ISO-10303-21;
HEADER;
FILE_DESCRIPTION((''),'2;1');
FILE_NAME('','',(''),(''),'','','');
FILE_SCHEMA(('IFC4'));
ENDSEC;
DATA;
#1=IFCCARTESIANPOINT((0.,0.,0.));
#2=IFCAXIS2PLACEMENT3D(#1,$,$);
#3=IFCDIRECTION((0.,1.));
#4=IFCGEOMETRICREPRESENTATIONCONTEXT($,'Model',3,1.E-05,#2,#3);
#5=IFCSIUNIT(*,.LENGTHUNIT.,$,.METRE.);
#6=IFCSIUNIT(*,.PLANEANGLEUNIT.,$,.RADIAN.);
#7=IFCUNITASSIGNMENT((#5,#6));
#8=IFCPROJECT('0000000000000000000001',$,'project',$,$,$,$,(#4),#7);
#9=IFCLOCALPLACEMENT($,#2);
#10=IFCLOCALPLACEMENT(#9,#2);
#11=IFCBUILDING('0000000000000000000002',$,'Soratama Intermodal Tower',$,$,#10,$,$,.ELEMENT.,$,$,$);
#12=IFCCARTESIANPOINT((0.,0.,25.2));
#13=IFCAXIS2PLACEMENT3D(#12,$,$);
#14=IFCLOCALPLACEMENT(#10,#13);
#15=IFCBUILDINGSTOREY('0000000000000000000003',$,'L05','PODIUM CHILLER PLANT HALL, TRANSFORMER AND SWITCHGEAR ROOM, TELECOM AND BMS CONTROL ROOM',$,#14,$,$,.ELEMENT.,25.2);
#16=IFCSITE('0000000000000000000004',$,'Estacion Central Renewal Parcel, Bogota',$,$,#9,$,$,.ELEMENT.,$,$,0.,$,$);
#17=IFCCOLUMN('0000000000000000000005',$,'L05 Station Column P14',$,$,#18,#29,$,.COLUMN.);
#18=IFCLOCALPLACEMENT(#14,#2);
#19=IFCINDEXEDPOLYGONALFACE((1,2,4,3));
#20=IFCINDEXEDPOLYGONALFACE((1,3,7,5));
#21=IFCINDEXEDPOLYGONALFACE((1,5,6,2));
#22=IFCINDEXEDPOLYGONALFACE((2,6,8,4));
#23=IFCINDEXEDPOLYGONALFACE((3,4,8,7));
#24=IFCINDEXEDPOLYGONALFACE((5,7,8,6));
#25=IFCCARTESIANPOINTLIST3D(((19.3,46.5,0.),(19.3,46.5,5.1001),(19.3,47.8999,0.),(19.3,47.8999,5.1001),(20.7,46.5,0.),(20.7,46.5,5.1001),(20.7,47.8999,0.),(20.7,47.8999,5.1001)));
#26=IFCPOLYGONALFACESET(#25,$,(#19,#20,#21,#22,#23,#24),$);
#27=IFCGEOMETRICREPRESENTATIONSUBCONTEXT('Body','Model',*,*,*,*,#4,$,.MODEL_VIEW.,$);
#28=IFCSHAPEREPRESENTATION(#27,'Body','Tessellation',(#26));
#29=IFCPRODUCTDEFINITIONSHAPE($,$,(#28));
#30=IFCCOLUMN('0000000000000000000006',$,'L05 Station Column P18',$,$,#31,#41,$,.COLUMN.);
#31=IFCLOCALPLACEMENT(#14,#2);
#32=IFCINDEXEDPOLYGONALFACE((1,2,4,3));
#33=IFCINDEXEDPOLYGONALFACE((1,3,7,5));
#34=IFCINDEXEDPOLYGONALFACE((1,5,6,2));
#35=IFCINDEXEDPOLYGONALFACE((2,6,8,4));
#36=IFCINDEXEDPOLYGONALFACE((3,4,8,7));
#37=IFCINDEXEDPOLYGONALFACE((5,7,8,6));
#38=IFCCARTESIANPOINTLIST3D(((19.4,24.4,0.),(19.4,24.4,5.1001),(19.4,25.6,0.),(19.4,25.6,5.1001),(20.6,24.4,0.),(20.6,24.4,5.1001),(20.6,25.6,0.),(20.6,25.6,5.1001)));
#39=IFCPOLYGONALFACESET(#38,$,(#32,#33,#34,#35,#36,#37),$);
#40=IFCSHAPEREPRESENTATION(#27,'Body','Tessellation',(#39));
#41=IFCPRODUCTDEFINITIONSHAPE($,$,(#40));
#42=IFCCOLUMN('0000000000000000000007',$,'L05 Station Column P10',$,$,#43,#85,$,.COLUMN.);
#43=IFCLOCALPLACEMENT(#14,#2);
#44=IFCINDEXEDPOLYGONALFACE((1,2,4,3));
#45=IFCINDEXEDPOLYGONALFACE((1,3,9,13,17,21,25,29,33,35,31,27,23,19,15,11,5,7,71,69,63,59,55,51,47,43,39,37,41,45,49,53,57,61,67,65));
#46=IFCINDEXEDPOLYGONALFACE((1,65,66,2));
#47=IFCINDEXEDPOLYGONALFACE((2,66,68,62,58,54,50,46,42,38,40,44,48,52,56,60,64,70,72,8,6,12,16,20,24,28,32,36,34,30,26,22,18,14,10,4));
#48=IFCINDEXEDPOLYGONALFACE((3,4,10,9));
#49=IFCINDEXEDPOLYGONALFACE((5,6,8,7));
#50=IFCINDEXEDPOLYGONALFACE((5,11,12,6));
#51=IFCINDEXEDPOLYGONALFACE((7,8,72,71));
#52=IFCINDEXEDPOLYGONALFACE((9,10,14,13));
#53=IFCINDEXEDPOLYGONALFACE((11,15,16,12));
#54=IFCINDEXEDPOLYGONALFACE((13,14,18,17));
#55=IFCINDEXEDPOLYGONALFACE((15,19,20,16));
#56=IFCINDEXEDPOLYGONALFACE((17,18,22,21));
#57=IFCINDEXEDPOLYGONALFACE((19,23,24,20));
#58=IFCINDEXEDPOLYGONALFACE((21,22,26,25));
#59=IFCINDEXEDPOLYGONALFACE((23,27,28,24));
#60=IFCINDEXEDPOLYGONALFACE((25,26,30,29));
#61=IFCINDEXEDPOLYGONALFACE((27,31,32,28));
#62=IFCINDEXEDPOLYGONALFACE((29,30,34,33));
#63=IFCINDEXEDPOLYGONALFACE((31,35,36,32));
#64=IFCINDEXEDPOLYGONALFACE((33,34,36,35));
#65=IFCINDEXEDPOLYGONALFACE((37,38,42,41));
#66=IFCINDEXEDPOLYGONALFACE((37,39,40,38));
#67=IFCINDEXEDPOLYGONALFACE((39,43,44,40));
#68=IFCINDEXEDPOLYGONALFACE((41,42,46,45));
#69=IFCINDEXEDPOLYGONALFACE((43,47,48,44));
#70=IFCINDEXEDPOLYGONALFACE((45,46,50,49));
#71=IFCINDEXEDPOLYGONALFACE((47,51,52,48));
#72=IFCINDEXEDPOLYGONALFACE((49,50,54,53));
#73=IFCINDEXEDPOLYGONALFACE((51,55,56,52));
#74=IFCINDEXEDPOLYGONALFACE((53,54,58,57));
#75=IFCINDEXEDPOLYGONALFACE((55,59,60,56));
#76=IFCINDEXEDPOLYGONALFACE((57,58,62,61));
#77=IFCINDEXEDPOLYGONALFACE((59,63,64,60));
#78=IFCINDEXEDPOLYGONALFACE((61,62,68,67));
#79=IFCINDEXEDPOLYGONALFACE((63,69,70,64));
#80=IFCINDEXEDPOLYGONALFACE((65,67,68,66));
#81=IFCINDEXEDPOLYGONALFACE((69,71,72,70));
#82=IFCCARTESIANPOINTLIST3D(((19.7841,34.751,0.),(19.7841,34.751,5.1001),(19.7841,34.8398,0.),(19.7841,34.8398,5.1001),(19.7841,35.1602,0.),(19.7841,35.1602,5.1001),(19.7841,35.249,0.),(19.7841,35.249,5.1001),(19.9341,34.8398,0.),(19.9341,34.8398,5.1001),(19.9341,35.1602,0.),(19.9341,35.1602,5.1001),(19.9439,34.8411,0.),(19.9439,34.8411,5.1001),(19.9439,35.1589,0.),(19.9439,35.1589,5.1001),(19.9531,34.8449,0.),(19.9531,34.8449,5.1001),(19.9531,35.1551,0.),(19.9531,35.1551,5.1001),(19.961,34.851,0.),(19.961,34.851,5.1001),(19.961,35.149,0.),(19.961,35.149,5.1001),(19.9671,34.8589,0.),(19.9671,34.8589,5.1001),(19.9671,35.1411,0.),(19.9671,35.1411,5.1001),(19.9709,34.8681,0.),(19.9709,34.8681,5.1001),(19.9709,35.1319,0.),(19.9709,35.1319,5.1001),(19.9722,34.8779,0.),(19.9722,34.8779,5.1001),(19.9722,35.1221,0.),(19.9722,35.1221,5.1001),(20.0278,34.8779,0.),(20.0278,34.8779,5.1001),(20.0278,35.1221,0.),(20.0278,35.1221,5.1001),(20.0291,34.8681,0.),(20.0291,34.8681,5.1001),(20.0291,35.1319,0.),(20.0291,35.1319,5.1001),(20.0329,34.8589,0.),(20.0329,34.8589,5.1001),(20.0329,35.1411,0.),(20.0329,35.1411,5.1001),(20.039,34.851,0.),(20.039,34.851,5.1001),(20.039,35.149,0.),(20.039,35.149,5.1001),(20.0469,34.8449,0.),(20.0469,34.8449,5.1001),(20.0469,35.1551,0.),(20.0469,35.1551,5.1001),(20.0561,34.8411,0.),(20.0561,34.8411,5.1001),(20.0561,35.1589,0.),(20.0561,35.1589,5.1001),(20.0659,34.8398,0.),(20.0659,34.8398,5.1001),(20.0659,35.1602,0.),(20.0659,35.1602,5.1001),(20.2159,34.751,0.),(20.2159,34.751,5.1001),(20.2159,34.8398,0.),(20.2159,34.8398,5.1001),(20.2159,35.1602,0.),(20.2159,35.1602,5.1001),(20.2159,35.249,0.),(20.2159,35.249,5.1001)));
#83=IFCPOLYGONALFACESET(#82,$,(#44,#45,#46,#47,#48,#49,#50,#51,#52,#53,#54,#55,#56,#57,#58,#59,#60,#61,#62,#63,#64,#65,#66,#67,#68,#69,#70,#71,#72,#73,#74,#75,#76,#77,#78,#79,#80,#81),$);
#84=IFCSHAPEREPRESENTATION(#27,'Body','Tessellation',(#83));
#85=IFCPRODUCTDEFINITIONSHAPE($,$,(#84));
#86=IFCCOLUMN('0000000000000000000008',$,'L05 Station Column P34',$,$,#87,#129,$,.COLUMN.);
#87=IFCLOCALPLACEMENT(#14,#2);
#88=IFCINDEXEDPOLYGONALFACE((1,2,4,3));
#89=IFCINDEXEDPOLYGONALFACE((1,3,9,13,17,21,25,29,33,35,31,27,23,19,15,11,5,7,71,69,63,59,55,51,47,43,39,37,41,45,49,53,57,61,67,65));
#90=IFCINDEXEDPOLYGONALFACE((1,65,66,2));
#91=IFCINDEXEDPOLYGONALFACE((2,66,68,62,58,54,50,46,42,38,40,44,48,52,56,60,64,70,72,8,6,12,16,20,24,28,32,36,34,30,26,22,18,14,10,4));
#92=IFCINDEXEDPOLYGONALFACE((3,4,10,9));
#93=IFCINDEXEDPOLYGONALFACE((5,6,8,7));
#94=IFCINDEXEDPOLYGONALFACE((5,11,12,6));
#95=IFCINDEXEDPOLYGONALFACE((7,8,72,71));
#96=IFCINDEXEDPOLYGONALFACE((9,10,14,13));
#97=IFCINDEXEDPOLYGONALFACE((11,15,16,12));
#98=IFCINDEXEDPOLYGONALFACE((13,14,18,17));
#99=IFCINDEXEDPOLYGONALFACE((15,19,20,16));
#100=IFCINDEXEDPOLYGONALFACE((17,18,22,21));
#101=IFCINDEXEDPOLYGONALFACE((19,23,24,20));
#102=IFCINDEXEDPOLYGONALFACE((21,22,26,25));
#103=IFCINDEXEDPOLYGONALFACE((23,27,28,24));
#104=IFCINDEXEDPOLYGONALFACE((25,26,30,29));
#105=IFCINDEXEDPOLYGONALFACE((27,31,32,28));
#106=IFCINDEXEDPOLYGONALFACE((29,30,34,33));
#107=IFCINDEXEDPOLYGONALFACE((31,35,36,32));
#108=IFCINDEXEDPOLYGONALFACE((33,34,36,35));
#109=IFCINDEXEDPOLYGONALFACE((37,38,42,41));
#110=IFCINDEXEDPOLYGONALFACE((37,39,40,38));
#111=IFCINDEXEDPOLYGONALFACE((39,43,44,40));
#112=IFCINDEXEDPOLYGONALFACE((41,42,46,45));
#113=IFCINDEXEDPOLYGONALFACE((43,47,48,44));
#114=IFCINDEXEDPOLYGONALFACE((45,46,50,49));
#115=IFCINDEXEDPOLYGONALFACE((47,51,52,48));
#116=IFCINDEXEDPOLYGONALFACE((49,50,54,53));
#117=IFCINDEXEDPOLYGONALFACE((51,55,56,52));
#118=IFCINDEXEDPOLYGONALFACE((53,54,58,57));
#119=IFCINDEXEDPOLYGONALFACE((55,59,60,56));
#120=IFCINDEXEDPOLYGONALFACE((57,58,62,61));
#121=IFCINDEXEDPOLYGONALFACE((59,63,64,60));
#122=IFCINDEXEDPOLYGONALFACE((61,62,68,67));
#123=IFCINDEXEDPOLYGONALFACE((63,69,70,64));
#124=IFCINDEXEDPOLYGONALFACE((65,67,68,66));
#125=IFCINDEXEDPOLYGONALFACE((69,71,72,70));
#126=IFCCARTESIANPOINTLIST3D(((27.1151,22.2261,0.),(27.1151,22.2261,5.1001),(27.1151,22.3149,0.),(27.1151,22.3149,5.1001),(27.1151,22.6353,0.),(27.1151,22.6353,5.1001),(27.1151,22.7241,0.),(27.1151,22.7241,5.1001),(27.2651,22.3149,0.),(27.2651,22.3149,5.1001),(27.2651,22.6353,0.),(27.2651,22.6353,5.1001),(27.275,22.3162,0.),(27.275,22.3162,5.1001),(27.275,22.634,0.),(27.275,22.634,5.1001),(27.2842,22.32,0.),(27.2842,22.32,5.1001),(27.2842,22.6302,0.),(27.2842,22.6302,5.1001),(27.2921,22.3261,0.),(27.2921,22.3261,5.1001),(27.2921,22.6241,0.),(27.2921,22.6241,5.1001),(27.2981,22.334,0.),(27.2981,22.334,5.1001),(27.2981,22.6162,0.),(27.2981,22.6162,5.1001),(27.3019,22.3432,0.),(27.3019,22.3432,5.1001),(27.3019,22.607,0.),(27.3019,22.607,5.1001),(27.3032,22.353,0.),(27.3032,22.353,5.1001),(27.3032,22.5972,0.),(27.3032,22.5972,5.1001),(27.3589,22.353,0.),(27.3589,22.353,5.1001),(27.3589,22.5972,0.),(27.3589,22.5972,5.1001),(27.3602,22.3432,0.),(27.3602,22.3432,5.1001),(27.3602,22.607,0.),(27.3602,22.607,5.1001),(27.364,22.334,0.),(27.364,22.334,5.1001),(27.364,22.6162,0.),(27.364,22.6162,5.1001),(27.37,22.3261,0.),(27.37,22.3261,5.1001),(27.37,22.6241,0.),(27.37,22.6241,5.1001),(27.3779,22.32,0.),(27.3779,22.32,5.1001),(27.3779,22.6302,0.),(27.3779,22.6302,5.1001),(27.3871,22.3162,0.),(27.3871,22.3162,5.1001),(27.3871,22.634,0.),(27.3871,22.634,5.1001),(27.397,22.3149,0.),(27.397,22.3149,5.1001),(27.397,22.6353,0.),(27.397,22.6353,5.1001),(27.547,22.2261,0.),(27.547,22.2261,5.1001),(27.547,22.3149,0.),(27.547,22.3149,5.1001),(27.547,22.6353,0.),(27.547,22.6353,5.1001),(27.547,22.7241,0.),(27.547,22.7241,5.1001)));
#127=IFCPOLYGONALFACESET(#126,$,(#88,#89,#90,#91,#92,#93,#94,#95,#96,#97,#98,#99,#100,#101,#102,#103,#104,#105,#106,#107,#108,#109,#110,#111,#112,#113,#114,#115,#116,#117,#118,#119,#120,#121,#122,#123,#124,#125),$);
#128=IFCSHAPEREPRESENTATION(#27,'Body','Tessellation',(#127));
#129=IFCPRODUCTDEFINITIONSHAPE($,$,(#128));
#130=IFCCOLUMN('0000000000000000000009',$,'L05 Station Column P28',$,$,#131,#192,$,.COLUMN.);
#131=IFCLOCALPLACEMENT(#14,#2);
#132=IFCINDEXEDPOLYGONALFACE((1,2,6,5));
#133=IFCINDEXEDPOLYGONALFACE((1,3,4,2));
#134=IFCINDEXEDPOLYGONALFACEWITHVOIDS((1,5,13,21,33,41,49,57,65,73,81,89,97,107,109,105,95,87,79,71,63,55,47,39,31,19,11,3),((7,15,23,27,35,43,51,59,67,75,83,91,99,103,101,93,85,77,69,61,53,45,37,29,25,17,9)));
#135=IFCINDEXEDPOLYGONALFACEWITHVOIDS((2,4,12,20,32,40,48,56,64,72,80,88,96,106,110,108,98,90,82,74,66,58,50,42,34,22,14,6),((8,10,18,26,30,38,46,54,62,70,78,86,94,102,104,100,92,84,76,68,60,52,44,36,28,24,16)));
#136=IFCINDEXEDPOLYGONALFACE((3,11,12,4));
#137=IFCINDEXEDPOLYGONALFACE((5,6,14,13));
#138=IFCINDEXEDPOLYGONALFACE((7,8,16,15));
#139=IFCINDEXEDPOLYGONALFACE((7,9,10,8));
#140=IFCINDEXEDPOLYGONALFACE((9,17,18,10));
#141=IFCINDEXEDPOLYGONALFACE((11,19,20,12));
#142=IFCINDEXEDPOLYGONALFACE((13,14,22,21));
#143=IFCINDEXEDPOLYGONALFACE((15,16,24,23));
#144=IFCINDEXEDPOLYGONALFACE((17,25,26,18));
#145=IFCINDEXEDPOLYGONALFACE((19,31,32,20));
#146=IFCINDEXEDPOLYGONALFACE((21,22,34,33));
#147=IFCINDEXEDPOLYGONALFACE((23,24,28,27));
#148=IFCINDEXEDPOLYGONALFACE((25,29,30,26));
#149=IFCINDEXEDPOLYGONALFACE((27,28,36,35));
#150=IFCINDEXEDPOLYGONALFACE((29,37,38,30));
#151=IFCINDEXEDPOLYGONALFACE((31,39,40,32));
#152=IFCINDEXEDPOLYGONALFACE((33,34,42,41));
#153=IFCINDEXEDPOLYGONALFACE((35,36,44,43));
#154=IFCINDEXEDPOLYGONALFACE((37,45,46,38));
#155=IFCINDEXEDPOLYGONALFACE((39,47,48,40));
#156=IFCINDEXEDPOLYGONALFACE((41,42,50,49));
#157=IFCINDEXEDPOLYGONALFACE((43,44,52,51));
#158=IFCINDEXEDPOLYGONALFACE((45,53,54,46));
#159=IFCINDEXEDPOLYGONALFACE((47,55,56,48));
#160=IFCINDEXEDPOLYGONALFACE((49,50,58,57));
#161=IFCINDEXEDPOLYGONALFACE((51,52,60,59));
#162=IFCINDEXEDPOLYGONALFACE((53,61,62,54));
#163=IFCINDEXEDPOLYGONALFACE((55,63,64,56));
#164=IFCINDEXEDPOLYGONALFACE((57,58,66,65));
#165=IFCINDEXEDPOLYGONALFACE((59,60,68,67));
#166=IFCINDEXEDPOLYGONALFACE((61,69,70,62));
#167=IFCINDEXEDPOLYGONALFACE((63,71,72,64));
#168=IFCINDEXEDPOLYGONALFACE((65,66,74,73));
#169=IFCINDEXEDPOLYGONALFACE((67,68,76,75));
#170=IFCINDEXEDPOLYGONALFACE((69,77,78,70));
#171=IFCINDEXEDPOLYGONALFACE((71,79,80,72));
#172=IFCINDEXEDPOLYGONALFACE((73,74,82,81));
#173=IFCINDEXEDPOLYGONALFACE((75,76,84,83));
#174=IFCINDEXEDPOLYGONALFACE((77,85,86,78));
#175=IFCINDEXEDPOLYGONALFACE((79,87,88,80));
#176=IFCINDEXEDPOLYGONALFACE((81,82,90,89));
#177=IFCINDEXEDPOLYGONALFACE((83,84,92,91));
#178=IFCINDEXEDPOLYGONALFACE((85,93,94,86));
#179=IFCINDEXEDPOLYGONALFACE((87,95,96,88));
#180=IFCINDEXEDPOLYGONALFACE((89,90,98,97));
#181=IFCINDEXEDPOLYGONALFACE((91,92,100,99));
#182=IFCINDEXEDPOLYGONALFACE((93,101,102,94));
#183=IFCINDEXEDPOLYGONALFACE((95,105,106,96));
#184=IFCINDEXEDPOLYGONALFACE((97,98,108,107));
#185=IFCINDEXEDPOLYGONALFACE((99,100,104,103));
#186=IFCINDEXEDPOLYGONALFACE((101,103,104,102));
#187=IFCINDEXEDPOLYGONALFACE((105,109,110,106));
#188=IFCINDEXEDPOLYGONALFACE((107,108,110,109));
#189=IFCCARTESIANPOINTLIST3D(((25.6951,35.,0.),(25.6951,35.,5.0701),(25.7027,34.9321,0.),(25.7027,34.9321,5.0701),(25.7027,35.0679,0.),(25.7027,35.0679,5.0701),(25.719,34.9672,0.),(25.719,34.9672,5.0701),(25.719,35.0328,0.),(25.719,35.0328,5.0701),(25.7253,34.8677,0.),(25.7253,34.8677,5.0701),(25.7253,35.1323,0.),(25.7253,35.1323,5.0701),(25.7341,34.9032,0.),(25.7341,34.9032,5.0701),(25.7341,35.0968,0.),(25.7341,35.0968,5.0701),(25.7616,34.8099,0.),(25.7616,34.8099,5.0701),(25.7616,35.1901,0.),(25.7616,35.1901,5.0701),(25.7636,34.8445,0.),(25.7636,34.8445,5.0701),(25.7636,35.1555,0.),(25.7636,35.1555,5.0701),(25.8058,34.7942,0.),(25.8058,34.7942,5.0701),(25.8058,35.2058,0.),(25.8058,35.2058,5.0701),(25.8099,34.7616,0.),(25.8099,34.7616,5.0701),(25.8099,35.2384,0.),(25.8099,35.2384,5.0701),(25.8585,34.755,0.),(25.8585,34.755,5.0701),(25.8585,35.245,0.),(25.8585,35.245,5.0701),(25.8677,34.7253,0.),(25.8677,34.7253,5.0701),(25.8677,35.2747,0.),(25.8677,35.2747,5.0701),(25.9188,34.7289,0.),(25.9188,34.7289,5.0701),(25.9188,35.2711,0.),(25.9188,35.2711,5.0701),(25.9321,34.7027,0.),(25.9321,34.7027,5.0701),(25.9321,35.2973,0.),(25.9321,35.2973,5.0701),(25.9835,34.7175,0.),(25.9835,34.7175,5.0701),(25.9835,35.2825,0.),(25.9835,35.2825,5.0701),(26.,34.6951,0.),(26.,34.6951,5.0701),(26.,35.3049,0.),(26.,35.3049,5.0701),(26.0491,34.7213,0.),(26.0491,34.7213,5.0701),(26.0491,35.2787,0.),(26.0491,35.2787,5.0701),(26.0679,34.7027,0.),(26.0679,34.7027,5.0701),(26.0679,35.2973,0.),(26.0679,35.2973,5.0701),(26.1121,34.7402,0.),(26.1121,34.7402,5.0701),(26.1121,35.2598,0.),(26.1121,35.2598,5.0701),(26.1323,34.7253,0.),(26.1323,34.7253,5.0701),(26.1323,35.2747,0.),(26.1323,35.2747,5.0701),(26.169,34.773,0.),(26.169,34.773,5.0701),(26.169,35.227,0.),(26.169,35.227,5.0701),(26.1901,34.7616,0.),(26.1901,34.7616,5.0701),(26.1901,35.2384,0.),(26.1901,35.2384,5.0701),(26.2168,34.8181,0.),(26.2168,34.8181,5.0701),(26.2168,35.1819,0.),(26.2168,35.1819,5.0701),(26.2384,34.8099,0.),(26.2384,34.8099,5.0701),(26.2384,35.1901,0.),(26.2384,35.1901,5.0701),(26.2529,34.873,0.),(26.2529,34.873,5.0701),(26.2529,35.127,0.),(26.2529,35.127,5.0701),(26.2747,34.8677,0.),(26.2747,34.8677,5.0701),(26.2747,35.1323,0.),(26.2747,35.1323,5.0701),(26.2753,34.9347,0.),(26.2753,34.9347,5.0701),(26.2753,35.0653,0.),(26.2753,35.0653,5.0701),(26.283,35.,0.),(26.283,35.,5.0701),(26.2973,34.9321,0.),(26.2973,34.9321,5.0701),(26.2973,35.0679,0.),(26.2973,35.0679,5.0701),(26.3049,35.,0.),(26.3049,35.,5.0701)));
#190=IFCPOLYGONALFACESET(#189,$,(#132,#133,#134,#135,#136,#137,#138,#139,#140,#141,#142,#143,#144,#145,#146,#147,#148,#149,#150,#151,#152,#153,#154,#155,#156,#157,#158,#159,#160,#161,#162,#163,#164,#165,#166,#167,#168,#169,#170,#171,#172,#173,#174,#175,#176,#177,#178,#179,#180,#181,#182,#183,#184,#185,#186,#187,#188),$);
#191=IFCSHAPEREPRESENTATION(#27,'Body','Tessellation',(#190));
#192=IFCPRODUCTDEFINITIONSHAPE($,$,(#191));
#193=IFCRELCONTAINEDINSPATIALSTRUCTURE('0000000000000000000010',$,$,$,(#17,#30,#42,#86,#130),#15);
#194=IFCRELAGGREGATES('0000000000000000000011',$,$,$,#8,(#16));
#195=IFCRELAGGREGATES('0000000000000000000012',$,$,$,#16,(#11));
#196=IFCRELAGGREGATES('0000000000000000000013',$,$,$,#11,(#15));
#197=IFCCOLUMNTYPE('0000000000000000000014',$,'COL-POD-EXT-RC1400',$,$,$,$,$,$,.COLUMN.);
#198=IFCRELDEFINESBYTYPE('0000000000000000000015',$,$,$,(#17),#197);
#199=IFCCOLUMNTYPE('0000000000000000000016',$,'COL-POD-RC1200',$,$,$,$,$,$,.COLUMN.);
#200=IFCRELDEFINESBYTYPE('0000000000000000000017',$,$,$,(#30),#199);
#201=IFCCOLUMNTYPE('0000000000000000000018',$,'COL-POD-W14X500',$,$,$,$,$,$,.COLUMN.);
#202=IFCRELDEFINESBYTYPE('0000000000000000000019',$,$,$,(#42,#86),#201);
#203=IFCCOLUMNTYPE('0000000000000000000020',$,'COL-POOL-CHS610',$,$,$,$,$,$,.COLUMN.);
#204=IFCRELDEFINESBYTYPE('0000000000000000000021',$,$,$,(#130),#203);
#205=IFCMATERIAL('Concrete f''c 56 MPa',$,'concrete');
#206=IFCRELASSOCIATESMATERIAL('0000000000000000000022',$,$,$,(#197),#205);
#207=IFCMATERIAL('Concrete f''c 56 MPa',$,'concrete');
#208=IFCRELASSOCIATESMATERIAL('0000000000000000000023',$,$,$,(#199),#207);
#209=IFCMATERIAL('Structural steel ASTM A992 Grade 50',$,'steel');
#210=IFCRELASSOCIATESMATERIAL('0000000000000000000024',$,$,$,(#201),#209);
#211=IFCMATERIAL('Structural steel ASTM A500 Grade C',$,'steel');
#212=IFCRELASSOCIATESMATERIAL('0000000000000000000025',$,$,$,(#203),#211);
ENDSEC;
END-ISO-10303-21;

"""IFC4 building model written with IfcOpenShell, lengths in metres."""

from ifc_helpers import new_model, si_unit, direction, frame, origin, origin_2d, place, context, subcontext, project, spatial, rectangle, hollow_circle, i_section, extrude, material, material_profile, profile_set, type_object, element, save


model = new_model("IFC4")

# Units and contexts
model_context = context("Model", 3, precision=1e-05, world=origin(), true_north=direction((0.0, 1.0)))
body_context = subcontext(model_context, "Body", "Model", "MODEL_VIEW")
ifc_project = project(units=[si_unit("LENGTHUNIT", "METRE"), si_unit("PLANEANGLEUNIT", "RADIAN")], contexts=[model_context])

# Site, building, storey
site_placement = place(None, origin())
site = spatial("IfcSite", under=ifc_project, at=site_placement, Name="Estacion Central Renewal Parcel, Bogota", CompositionType="ELEMENT", RefElevation=0.0)
building_placement = place(site_placement, origin())
building = spatial("IfcBuilding", under=site, at=building_placement, Name="Soratama Intermodal Tower", CompositionType="ELEMENT")
storey_placement = place(building_placement, frame((0.0, 0.0, 25.2)))
storey = spatial("IfcBuildingStorey", under=building, at=storey_placement, Name="L05", Description="PODIUM CHILLER PLANT HALL, TRANSFORMER AND SWITCHGEAR ROOM, TELECOM AND BMS CONTROL ROOM", CompositionType="ELEMENT", Elevation=25.2)

# Columns
ifc_material_1 = material(Name="Concrete f'c 56 MPa", Category="concrete")
ifc_material_profile_1 = material_profile(ifc_material_1, rectangle(XDim=1.3999, YDim=1.3999, at=origin_2d()), Name="RC1400X1400")
ifc_profile_set_1 = profile_set([ifc_material_profile_1], Name="Concrete f'c 56 MPa")
column_type_1 = type_object("IfcColumnType", Name="COL-POD-EXT-RC1400", PredefinedType="COLUMN", material=ifc_profile_set_1)
column_1_placement = place(storey_placement, frame((20.0, 47.2, 0.0), z_axis=(0.0, 0.0, 1.0), x_axis=(1.0, 0.0, 0.0)))
element("IfcColumn", 1, at=column_1_placement, inside=storey, type_object=column_type_1, Name="L05 Station Column P14", PredefinedType="COLUMN", context=body_context, shape_type="SweptSolid", body=[
    extrude(rectangle(XDim=1.3999, YDim=1.3999, at=origin_2d()), origin(), (0.0, 0.0, 1.0), 5.1001),
])
ifc_material_2 = material(Name="Concrete f'c 56 MPa", Category="concrete")
ifc_material_profile_2 = material_profile(ifc_material_2, rectangle(XDim=1.2, YDim=1.2, at=origin_2d()), Name="RC1200X1200")
ifc_profile_set_2 = profile_set([ifc_material_profile_2], Name="Concrete f'c 56 MPa")
column_type_2 = type_object("IfcColumnType", Name="COL-POD-RC1200", PredefinedType="COLUMN", material=ifc_profile_set_2)
column_2_placement = place(storey_placement, frame((20.0, 25.0, 0.0), z_axis=(0.0, 0.0, 1.0), x_axis=(1.0, 0.0, 0.0)))
element("IfcColumn", 2, at=column_2_placement, inside=storey, type_object=column_type_2, Name="L05 Station Column P18", PredefinedType="COLUMN", context=body_context, shape_type="SweptSolid", body=[
    extrude(rectangle(XDim=1.2, YDim=1.2, at=origin_2d()), origin(), (0.0, 0.0, 1.0), 5.1001),
])
ifc_material_3 = material(Name="Structural steel ASTM A992 Grade 50", Category="steel")
ifc_material_profile_3 = material_profile(ifc_material_3, i_section(OverallWidth=0.4319, OverallDepth=0.498, WebThickness=0.0557, FlangeThickness=0.0889, FilletRadius=0.0381, at=origin_2d()), Name="W14X500")
ifc_profile_set_3 = profile_set([ifc_material_profile_3], Name="Structural steel ASTM A992 Grade 50")
column_type_3 = type_object("IfcColumnType", Name="COL-POD-W14X500", PredefinedType="COLUMN", material=ifc_profile_set_3)
for number, where, z_axis, x_axis, name in (
    (3, (20.0, 35.0, 0.0), (0.0, 0.0, 1.0), (1.0, 0.0, 0.0), "L05 Station Column P10"),
    (4, (27.3311, 22.4751, 0.0), (0.0, 0.0, 1.0), (1.0, 0.0, 0.0), "L05 Station Column P34"),
):
    element("IfcColumn", number, at=place(storey_placement, frame(where, z_axis=z_axis, x_axis=x_axis)), inside=storey, type_object=column_type_3, Name=name, PredefinedType="COLUMN", context=body_context, shape_type="SweptSolid", body=[
        extrude(i_section(OverallWidth=0.4319, OverallDepth=0.498, WebThickness=0.0557, FlangeThickness=0.0889, FilletRadius=0.0381, at=origin_2d()), origin(), (0.0, 0.0, 1.0), 5.1001),
    ])
ifc_material_4 = material(Name="Structural steel ASTM A500 Grade C", Category="steel")
ifc_material_profile_4 = material_profile(ifc_material_4, hollow_circle(Radius=0.3049, WallThickness=0.022, at=origin_2d()), Name="CHS610X22")
ifc_profile_set_4 = profile_set([ifc_material_profile_4], Name="Structural steel ASTM A500 Grade C")
column_type_4 = type_object("IfcColumnType", Name="COL-POOL-CHS610", PredefinedType="COLUMN", material=ifc_profile_set_4)
column_3_placement = place(storey_placement, frame((26.0, 35.0, 0.0), z_axis=(0.0, 0.0, 1.0), x_axis=(1.0, 0.0, 0.0)))
element("IfcColumn", 5, at=column_3_placement, inside=storey, type_object=column_type_4, Name="L05 Station Column P28", PredefinedType="COLUMN", context=body_context, shape_type="SweptSolid", body=[
    extrude(hollow_circle(Radius=0.3049, WallThickness=0.022, at=origin_2d()), origin(), (0.0, 0.0, 1.0), 5.0701),
])

save(model, "model.ifc")
